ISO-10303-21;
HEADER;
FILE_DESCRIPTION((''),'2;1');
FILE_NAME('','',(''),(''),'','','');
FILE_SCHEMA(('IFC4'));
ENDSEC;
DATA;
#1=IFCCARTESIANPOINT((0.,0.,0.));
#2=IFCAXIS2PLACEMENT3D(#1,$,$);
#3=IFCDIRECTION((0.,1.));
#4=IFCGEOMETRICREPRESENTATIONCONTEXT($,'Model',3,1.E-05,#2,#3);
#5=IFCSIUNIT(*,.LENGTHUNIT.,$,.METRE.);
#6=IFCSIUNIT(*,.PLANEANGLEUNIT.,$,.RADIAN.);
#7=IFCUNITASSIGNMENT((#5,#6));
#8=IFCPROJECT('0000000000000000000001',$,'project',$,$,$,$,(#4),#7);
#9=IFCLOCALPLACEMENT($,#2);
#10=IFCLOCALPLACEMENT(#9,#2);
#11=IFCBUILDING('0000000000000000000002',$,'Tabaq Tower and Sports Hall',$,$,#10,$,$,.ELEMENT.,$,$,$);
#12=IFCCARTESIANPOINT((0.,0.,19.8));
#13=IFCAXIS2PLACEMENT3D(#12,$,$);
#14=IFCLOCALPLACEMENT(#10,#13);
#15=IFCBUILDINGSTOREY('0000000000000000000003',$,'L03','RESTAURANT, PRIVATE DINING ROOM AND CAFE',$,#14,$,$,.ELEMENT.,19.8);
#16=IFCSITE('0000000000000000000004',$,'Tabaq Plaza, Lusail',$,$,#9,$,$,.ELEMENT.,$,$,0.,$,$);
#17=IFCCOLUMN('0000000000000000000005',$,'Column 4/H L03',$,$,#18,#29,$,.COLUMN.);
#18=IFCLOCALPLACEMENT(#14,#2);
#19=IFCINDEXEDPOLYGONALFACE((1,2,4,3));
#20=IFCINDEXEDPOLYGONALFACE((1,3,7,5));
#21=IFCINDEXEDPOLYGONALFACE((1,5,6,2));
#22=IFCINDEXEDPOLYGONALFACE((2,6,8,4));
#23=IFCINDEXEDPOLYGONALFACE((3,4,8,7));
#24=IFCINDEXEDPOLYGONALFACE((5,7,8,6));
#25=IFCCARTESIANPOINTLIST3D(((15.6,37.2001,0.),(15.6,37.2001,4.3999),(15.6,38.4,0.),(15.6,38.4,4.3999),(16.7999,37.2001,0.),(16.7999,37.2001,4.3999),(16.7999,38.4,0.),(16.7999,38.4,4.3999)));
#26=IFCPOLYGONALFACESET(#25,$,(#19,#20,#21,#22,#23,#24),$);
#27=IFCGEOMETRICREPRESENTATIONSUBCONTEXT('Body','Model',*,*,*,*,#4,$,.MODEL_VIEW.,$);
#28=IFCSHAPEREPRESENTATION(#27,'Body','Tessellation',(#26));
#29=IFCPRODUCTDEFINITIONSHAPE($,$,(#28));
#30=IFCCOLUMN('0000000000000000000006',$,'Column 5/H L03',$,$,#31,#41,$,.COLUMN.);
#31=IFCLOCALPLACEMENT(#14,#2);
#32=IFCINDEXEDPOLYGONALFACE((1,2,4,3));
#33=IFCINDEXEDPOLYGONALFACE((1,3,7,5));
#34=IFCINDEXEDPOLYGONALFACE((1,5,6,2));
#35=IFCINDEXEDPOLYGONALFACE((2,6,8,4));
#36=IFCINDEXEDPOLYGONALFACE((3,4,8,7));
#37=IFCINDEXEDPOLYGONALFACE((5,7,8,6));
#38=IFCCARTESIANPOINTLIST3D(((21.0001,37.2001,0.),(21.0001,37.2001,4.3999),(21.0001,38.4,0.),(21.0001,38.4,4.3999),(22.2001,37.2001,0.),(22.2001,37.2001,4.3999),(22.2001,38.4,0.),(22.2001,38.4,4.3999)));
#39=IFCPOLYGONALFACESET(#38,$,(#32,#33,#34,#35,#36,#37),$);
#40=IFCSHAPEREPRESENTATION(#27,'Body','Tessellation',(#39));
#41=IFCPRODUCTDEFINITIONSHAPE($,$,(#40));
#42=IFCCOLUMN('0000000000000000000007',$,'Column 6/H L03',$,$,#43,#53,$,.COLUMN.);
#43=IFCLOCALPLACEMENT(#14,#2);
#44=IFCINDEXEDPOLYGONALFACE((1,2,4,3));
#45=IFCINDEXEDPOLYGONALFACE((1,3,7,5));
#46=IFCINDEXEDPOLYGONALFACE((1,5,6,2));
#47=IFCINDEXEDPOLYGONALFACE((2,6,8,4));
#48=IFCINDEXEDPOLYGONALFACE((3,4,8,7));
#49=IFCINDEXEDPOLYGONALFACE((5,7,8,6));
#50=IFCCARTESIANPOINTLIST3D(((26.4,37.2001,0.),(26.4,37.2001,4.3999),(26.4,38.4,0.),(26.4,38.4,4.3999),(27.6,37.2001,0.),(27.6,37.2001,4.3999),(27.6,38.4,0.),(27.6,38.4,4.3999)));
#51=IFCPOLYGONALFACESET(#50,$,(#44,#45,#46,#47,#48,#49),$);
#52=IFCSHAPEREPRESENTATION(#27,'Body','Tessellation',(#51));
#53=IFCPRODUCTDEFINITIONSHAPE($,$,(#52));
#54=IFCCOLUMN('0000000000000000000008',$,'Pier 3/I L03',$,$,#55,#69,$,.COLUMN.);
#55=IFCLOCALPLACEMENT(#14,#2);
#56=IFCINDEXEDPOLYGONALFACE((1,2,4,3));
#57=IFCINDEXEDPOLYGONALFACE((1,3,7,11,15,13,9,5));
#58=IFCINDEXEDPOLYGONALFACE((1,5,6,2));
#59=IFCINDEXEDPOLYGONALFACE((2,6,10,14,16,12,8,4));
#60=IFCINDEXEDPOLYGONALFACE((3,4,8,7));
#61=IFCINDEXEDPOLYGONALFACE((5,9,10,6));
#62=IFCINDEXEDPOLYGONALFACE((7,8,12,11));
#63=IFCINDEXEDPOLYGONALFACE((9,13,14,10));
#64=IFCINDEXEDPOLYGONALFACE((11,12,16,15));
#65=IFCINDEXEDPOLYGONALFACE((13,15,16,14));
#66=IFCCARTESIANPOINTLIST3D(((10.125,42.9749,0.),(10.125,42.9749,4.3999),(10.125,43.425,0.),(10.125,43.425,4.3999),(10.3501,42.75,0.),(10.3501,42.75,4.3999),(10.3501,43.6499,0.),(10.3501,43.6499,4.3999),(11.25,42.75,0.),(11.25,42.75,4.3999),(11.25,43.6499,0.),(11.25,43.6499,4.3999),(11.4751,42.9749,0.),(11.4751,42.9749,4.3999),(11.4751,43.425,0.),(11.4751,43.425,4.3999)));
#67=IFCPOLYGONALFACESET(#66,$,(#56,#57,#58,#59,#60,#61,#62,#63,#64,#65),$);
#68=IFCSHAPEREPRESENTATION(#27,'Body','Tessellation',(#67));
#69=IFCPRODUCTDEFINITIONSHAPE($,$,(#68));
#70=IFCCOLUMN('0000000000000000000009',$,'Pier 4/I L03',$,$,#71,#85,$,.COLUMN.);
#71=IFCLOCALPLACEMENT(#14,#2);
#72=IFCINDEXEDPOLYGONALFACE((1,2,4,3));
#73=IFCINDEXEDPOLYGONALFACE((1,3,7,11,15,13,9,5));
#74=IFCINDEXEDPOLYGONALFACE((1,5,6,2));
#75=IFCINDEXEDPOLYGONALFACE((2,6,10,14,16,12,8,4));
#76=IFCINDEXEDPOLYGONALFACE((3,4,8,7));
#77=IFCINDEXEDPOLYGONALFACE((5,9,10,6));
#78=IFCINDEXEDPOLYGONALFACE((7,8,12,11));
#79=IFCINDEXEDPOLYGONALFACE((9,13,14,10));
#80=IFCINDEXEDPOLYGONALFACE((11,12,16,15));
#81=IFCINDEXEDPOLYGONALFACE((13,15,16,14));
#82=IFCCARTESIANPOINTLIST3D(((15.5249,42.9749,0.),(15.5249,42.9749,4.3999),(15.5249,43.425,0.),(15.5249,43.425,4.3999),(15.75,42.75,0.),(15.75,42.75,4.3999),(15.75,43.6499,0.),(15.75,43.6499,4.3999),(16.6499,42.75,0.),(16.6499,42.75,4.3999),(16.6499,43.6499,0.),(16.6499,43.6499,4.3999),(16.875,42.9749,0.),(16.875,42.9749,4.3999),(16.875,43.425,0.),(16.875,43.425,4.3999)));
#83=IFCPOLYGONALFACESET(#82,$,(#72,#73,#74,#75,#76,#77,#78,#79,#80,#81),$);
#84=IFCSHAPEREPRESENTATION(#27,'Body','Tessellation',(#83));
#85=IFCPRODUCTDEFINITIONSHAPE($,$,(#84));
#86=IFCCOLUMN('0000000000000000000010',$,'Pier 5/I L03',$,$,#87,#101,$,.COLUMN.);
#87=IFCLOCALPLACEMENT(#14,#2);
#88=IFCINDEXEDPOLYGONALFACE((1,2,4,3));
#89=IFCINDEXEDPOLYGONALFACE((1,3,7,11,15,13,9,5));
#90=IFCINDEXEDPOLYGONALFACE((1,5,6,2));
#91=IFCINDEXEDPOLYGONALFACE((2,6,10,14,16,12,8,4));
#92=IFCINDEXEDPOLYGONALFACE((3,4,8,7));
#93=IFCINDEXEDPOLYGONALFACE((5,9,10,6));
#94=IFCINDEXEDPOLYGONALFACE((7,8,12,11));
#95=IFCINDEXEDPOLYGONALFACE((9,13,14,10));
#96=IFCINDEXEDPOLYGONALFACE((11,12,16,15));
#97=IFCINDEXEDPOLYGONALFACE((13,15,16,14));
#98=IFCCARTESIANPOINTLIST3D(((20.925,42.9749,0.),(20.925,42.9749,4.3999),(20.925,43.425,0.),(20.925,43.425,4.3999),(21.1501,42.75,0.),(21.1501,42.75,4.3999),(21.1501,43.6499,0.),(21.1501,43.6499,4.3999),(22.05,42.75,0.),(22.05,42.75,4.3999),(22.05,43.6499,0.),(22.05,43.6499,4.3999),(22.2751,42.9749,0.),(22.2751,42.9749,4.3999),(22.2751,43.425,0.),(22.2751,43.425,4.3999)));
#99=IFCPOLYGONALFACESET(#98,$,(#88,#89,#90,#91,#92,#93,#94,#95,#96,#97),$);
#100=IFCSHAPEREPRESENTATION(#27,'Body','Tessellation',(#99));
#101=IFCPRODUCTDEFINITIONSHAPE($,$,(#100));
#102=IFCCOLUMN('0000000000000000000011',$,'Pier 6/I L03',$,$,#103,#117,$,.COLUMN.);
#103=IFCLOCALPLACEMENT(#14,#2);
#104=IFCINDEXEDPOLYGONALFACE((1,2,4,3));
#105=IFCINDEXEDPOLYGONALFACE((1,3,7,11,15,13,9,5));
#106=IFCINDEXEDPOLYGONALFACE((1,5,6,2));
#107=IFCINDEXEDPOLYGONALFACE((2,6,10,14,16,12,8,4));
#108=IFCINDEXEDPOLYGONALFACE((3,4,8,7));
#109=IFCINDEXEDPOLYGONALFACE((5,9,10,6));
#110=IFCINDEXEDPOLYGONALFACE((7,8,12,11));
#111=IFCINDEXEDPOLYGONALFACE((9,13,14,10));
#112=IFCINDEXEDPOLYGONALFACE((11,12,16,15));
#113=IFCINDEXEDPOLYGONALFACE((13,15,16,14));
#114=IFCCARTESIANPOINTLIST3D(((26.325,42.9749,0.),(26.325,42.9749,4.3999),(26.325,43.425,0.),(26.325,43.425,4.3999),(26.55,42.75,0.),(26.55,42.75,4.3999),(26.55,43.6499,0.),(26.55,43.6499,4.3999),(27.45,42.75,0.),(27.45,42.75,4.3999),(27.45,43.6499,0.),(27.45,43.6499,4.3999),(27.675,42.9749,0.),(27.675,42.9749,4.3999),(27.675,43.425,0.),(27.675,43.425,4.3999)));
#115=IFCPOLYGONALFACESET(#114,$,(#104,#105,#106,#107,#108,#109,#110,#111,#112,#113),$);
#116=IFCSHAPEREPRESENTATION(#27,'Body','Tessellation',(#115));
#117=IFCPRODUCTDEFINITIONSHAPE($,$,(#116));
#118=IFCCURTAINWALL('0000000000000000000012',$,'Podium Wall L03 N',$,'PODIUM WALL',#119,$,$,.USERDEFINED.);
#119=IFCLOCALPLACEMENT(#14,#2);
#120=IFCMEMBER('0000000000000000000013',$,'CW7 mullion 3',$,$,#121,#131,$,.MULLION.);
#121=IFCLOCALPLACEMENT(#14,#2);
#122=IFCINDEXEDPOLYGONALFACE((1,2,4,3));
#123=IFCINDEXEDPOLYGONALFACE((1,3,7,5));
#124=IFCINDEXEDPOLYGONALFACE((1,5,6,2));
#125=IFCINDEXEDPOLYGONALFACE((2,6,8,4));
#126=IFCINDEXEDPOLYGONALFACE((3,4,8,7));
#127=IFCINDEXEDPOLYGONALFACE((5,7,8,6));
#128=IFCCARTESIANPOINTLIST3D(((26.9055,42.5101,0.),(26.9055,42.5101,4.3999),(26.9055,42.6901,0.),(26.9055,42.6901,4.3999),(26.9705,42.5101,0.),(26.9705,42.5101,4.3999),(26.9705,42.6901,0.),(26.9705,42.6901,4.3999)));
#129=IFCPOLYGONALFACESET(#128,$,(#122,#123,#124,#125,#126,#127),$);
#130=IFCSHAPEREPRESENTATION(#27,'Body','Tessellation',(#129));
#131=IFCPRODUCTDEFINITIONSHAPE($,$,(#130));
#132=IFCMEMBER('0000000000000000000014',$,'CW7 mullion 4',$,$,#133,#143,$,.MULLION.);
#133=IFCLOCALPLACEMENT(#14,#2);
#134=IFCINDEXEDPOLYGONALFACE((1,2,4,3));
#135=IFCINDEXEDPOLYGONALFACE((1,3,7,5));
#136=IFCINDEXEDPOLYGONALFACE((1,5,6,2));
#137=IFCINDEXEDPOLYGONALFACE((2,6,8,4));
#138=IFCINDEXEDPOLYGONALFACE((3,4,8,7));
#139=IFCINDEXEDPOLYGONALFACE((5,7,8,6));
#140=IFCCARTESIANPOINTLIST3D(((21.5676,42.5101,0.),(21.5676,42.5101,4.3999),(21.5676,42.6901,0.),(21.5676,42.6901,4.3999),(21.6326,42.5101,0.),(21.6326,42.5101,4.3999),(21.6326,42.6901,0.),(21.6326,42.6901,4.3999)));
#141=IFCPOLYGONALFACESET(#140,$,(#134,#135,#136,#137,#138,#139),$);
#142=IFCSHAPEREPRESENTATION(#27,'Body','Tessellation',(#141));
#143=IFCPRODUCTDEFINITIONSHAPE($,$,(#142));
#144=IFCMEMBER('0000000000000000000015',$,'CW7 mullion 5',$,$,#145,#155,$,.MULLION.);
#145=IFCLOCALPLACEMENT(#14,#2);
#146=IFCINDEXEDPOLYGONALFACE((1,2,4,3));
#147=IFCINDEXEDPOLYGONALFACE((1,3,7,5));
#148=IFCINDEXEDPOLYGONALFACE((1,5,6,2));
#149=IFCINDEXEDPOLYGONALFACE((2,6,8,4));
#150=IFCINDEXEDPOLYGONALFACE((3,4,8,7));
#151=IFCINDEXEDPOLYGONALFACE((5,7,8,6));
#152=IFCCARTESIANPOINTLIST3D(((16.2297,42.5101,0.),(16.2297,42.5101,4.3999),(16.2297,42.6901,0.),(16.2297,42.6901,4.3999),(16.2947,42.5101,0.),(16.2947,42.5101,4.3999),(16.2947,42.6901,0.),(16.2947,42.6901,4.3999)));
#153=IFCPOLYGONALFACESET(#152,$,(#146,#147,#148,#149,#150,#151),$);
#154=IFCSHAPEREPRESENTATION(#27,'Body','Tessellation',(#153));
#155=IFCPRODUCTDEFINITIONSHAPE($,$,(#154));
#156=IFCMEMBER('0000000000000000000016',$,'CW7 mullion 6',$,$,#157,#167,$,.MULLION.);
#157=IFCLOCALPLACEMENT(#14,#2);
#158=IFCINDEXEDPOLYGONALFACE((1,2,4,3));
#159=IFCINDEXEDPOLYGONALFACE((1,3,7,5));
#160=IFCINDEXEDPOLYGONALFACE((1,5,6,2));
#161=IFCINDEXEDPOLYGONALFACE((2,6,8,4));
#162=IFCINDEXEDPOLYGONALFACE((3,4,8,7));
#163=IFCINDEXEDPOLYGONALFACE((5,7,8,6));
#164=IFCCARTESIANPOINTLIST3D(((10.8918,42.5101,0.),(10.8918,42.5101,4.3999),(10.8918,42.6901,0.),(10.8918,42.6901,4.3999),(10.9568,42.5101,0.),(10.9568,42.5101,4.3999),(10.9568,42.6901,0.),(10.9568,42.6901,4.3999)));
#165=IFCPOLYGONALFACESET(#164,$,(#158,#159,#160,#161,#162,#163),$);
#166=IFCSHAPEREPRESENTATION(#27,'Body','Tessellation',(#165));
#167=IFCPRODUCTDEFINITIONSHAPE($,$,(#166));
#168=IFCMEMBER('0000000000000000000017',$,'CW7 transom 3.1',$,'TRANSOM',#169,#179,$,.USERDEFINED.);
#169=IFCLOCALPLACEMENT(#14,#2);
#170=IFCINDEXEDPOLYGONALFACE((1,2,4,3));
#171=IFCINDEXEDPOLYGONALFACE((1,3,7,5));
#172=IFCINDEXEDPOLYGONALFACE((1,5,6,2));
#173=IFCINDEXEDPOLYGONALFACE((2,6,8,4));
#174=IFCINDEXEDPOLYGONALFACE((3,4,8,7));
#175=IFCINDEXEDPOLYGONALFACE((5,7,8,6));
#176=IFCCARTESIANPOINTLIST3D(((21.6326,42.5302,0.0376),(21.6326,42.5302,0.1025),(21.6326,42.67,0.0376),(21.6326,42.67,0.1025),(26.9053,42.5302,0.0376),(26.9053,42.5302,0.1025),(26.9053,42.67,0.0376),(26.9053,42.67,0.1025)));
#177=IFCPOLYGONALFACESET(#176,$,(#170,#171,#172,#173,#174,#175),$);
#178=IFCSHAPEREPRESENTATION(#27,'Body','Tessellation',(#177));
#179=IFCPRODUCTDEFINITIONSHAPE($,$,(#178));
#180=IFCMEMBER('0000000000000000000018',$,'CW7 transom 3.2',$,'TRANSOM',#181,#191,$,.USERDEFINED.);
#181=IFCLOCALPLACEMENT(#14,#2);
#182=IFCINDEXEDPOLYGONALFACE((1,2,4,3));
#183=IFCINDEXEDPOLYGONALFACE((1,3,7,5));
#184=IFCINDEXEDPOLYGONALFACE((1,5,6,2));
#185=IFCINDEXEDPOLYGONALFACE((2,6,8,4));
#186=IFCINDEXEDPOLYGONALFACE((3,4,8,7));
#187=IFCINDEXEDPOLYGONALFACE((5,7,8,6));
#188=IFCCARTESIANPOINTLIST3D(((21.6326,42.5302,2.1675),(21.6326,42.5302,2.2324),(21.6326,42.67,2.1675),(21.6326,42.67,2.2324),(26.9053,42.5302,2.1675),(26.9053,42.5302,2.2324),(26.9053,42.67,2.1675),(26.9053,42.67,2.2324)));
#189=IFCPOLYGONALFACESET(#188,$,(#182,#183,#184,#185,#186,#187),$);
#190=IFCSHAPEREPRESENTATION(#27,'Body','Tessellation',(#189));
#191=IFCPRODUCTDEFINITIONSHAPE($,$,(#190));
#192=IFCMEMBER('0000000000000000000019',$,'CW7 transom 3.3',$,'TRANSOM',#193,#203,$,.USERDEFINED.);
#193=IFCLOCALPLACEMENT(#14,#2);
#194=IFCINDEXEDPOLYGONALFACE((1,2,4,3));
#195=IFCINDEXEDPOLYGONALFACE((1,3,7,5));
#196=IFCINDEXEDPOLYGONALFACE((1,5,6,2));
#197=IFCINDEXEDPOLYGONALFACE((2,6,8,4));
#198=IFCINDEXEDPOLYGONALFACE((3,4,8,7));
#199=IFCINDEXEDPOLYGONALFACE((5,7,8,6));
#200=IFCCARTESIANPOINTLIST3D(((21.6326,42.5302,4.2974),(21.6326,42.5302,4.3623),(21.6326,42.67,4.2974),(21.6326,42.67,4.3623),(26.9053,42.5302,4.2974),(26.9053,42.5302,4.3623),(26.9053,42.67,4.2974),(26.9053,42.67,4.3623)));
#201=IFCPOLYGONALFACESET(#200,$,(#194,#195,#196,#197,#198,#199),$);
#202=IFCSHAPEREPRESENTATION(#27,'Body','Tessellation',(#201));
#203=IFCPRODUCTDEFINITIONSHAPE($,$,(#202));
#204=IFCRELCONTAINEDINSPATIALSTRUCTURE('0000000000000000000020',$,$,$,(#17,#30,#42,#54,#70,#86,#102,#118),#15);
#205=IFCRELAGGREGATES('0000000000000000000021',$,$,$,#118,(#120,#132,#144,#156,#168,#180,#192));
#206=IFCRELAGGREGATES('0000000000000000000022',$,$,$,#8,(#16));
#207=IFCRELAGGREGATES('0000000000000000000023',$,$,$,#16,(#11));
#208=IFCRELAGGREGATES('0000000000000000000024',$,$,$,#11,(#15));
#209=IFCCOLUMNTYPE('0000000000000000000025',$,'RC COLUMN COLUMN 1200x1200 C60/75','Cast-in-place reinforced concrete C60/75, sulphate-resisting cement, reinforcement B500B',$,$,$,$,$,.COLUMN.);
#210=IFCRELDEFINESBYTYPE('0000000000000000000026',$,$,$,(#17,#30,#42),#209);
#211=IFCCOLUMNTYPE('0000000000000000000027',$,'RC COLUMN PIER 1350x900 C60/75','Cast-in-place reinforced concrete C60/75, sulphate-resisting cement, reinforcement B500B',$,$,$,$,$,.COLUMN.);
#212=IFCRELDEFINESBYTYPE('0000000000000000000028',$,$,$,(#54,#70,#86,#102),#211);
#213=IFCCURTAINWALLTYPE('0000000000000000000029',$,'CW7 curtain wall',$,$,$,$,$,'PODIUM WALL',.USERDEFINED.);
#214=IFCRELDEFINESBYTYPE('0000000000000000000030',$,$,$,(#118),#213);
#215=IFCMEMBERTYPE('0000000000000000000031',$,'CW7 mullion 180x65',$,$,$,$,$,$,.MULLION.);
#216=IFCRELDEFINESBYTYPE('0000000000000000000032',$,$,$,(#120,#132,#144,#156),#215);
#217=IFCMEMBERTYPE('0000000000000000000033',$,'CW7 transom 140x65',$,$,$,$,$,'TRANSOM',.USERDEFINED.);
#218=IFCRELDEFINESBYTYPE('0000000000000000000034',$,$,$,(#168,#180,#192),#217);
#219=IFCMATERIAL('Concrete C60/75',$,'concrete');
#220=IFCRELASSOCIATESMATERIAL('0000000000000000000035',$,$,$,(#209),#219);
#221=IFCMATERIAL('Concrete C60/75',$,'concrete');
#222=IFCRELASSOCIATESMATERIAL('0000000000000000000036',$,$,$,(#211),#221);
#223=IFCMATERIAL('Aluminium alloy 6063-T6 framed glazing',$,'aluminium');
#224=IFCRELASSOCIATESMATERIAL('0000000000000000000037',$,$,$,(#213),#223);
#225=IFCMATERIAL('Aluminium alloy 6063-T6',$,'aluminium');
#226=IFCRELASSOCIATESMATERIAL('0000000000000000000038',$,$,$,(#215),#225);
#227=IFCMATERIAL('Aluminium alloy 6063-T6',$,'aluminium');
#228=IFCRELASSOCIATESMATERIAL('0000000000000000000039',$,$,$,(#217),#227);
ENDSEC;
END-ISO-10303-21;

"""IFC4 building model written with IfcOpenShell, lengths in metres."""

from ifc_helpers import new_model, si_unit, direction, frame, origin, origin_2d, place, context, subcontext, project, spatial, polyline, rectangle, outline, extrude, material, material_profile, profile_set, type_object, element, aggregate, save


model = new_model("IFC4")

# Units and contexts
model_context = context("Model", 3, precision=1e-05, world=origin(), true_north=direction((0.0, 1.0)))
body_context = subcontext(model_context, "Body", "Model", "MODEL_VIEW")
ifc_project = project(units=[si_unit("LENGTHUNIT", "METRE"), si_unit("PLANEANGLEUNIT", "RADIAN")], contexts=[model_context])

# Site, building, storey
site_placement = place(None, origin())
site = spatial("IfcSite", under=ifc_project, at=site_placement, Name="Tabaq Plaza, Lusail", CompositionType="ELEMENT", RefElevation=0.0)
building_placement = place(site_placement, origin())
building = spatial("IfcBuilding", under=site, at=building_placement, Name="Tabaq Tower and Sports Hall", CompositionType="ELEMENT")
storey_placement = place(building_placement, frame((0.0, 0.0, 19.8)))
storey = spatial("IfcBuildingStorey", under=building, at=storey_placement, Name="L03", Description="RESTAURANT, PRIVATE DINING ROOM AND CAFE", CompositionType="ELEMENT", Elevation=19.8)

# Columns
ifc_material_1 = material(Name="Concrete C60/75", Category="concrete")
ifc_material_profile_1 = material_profile(ifc_material_1, rectangle(XDim=1.2, YDim=1.2, at=origin_2d()), Name="COLUMN 1200x1200")
ifc_profile_set_1 = profile_set([ifc_material_profile_1], Name="Concrete C60/75")
column_type_1 = type_object("IfcColumnType", Name="RC COLUMN COLUMN 1200x1200 C60/75", Description="Cast-in-place reinforced concrete C60/75, sulphate-resisting cement, reinforcement B500B", PredefinedType="COLUMN", material=ifc_profile_set_1)
for number, where, z_axis, x_axis, name in (
    (1, (16.2, 37.8, 0.0), (0.0, 0.0, 1.0), (1.0, 0.0, 0.0), "Column 4/H L03"),
    (2, (21.6001, 37.8, 0.0), (0.0, 0.0, 1.0), (1.0, 0.0, 0.0), "Column 5/H L03"),
    (3, (27.0, 37.8, 0.0), (0.0, 0.0, 1.0), (1.0, 0.0, 0.0), "Column 6/H L03"),
):
    element("IfcColumn", number, at=place(storey_placement, frame(where, z_axis=z_axis, x_axis=x_axis)), inside=storey, type_object=column_type_1, Name=name, PredefinedType="COLUMN", context=body_context, shape_type="SweptSolid", body=[
        extrude(rectangle(XDim=1.2, YDim=1.2, at=origin_2d()), origin(), (0.0, 0.0, 1.0), 4.3999),
    ])
ifc_material_2 = material(Name="Concrete C60/75", Category="concrete")
ifc_material_profile_2 = material_profile(ifc_material_2, outline(polyline([(-0.45, -0.45), (0.45, -0.45), (0.675, -0.2251), (0.675, 0.2251), (0.45, 0.45), (-0.45, 0.45), (-0.675, 0.2251), (-0.675, -0.2251), (-0.45, -0.45)])), Name="PIER 1350x900")
ifc_profile_set_2 = profile_set([ifc_material_profile_2], Name="Concrete C60/75")
column_type_2 = type_object("IfcColumnType", Name="RC COLUMN PIER 1350x900 C60/75", Description="Cast-in-place reinforced concrete C60/75, sulphate-resisting cement, reinforcement B500B", PredefinedType="COLUMN", material=ifc_profile_set_2)
for number, where, z_axis, x_axis, name in (
    (4, (10.8, 43.2, 0.0), (0.0, 0.0, 1.0), (1.0, 0.0, 0.0), "Pier 3/I L03"),
    (5, (16.2, 43.2, 0.0), (0.0, 0.0, 1.0), (1.0, 0.0, 0.0), "Pier 4/I L03"),
    (6, (21.6001, 43.2, 0.0), (0.0, 0.0, 1.0), (1.0, 0.0, 0.0), "Pier 5/I L03"),
    (7, (27.0, 43.2, 0.0), (0.0, 0.0, 1.0), (1.0, 0.0, 0.0), "Pier 6/I L03"),
):
    element("IfcColumn", number, at=place(storey_placement, frame(where, z_axis=z_axis, x_axis=x_axis)), inside=storey, type_object=column_type_2, Name=name, PredefinedType="COLUMN", context=body_context, shape_type="SweptSolid", body=[
        extrude(outline(polyline([(-0.45, -0.45), (0.45, -0.45), (0.675, -0.2251), (0.675, 0.2251), (0.45, 0.45), (-0.45, 0.45), (-0.675, 0.2251), (-0.675, -0.2251), (-0.45, -0.45)])), origin(), (0.0, 0.0, 1.0), 4.3999),
    ])

# Curtain wall, members
ifc_material_3 = material(Name="Aluminium alloy 6063-T6 framed glazing", Category="aluminium")
curtain_wall_type = type_object("IfcCurtainWallType", Name="CW7 curtain wall", ElementType="PODIUM WALL", PredefinedType="USERDEFINED", material=ifc_material_3)
curtain_wall_placement = place(storey_placement, origin())
curtain_wall = element("IfcCurtainWall", 8, at=curtain_wall_placement, inside=storey, type_object=curtain_wall_type, Name="Podium Wall L03 N", ObjectType="PODIUM WALL", PredefinedType="USERDEFINED")
ifc_material_4 = material(Name="Aluminium alloy 6063-T6", Category="aluminium")
ifc_material_profile_3 = material_profile(ifc_material_4, rectangle(XDim=0.1799, YDim=0.0649, at=origin_2d()), Name="MULLION 180x65")
ifc_profile_set_3 = profile_set([ifc_material_profile_3], Name="Aluminium alloy 6063-T6")
member_type_1 = type_object("IfcMemberType", Name="CW7 mullion 180x65", PredefinedType="MULLION", material=ifc_profile_set_3)
member_1_placement = place(storey_placement, frame((26.938, 42.6001, 0.0), z_axis=(0.0, 0.0, 1.0), x_axis=(0.0, -1.0, 0.0)))
member_1 = element("IfcMember", 9, at=member_1_placement, type_object=member_type_1, Name="CW7 mullion 3", PredefinedType="MULLION", context=body_context, shape_type="SweptSolid", body=[
    extrude(rectangle(XDim=0.1799, YDim=0.0649, at=origin_2d()), origin(), (0.0, 0.0, 1.0), 4.3999),
])
member_2_placement = place(storey_placement, frame((21.6001, 42.6001, 0.0), z_axis=(0.0, 0.0, 1.0), x_axis=(0.0, -1.0, 0.0)))
member_2 = element("IfcMember", 10, at=member_2_placement, type_object=member_type_1, Name="CW7 mullion 4", PredefinedType="MULLION", context=body_context, shape_type="SweptSolid", body=[
    extrude(rectangle(XDim=0.1799, YDim=0.0649, at=origin_2d()), origin(), (0.0, 0.0, 1.0), 4.3999),
])
member_3_placement = place(storey_placement, frame((16.2622, 42.6001, 0.0), z_axis=(0.0, 0.0, 1.0), x_axis=(0.0, -1.0, 0.0)))
member_3 = element("IfcMember", 11, at=member_3_placement, type_object=member_type_1, Name="CW7 mullion 5", PredefinedType="MULLION", context=body_context, shape_type="SweptSolid", body=[
    extrude(rectangle(XDim=0.1799, YDim=0.0649, at=origin_2d()), origin(), (0.0, 0.0, 1.0), 4.3999),
])
member_4_placement = place(storey_placement, frame((10.9243, 42.6001, 0.0), z_axis=(0.0, 0.0, 1.0), x_axis=(0.0, -1.0, 0.0)))
member_4 = element("IfcMember", 12, at=member_4_placement, type_object=member_type_1, Name="CW7 mullion 6", PredefinedType="MULLION", context=body_context, shape_type="SweptSolid", body=[
    extrude(rectangle(XDim=0.1799, YDim=0.0649, at=origin_2d()), origin(), (0.0, 0.0, 1.0), 4.3999),
])
ifc_material_5 = material(Name="Aluminium alloy 6063-T6", Category="aluminium")
ifc_material_profile_4 = material_profile(ifc_material_5, rectangle(XDim=0.1399, YDim=0.0649, at=origin_2d()), Name="TRANSOM 140x65")
ifc_profile_set_4 = profile_set([ifc_material_profile_4], Name="Aluminium alloy 6063-T6")
member_type_2 = type_object("IfcMemberType", Name="CW7 transom 140x65", ElementType="TRANSOM", PredefinedType="USERDEFINED", material=ifc_profile_set_4)
member_5_placement = place(storey_placement, frame((26.9053, 42.6001, 0.0701), z_axis=(-1.0, 0.0, 0.0), x_axis=(0.0, -1.0, 0.0)))
member_5 = element("IfcMember", 13, at=member_5_placement, type_object=member_type_2, Name="CW7 transom 3.1", ObjectType="TRANSOM", PredefinedType="USERDEFINED", context=body_context, shape_type="SweptSolid", body=[
    extrude(rectangle(XDim=0.1399, YDim=0.0649, at=origin_2d()), origin(), (0.0, 0.0, 1.0), 5.2727),
])
member_6_placement = place(storey_placement, frame((26.9053, 42.6001, 2.2), z_axis=(-1.0, 0.0, 0.0), x_axis=(0.0, -1.0, 0.0)))
member_6 = element("IfcMember", 14, at=member_6_placement, type_object=member_type_2, Name="CW7 transom 3.2", ObjectType="TRANSOM", PredefinedType="USERDEFINED", context=body_context, shape_type="SweptSolid", body=[
    extrude(rectangle(XDim=0.1399, YDim=0.0649, at=origin_2d()), origin(), (0.0, 0.0, 1.0), 5.2727),
])
member_7_placement = place(storey_placement, frame((26.9053, 42.6001, 4.3298), z_axis=(-1.0, 0.0, 0.0), x_axis=(0.0, -1.0, 0.0)))
member_7 = element("IfcMember", 15, at=member_7_placement, type_object=member_type_2, Name="CW7 transom 3.3", ObjectType="TRANSOM", PredefinedType="USERDEFINED", context=body_context, shape_type="SweptSolid", body=[
    extrude(rectangle(XDim=0.1399, YDim=0.0649, at=origin_2d()), origin(), (0.0, 0.0, 1.0), 5.2727),
])
aggregate(curtain_wall, [member_1, member_2, member_3, member_4, member_5, member_6, member_7])

save(model, "model.ifc")
